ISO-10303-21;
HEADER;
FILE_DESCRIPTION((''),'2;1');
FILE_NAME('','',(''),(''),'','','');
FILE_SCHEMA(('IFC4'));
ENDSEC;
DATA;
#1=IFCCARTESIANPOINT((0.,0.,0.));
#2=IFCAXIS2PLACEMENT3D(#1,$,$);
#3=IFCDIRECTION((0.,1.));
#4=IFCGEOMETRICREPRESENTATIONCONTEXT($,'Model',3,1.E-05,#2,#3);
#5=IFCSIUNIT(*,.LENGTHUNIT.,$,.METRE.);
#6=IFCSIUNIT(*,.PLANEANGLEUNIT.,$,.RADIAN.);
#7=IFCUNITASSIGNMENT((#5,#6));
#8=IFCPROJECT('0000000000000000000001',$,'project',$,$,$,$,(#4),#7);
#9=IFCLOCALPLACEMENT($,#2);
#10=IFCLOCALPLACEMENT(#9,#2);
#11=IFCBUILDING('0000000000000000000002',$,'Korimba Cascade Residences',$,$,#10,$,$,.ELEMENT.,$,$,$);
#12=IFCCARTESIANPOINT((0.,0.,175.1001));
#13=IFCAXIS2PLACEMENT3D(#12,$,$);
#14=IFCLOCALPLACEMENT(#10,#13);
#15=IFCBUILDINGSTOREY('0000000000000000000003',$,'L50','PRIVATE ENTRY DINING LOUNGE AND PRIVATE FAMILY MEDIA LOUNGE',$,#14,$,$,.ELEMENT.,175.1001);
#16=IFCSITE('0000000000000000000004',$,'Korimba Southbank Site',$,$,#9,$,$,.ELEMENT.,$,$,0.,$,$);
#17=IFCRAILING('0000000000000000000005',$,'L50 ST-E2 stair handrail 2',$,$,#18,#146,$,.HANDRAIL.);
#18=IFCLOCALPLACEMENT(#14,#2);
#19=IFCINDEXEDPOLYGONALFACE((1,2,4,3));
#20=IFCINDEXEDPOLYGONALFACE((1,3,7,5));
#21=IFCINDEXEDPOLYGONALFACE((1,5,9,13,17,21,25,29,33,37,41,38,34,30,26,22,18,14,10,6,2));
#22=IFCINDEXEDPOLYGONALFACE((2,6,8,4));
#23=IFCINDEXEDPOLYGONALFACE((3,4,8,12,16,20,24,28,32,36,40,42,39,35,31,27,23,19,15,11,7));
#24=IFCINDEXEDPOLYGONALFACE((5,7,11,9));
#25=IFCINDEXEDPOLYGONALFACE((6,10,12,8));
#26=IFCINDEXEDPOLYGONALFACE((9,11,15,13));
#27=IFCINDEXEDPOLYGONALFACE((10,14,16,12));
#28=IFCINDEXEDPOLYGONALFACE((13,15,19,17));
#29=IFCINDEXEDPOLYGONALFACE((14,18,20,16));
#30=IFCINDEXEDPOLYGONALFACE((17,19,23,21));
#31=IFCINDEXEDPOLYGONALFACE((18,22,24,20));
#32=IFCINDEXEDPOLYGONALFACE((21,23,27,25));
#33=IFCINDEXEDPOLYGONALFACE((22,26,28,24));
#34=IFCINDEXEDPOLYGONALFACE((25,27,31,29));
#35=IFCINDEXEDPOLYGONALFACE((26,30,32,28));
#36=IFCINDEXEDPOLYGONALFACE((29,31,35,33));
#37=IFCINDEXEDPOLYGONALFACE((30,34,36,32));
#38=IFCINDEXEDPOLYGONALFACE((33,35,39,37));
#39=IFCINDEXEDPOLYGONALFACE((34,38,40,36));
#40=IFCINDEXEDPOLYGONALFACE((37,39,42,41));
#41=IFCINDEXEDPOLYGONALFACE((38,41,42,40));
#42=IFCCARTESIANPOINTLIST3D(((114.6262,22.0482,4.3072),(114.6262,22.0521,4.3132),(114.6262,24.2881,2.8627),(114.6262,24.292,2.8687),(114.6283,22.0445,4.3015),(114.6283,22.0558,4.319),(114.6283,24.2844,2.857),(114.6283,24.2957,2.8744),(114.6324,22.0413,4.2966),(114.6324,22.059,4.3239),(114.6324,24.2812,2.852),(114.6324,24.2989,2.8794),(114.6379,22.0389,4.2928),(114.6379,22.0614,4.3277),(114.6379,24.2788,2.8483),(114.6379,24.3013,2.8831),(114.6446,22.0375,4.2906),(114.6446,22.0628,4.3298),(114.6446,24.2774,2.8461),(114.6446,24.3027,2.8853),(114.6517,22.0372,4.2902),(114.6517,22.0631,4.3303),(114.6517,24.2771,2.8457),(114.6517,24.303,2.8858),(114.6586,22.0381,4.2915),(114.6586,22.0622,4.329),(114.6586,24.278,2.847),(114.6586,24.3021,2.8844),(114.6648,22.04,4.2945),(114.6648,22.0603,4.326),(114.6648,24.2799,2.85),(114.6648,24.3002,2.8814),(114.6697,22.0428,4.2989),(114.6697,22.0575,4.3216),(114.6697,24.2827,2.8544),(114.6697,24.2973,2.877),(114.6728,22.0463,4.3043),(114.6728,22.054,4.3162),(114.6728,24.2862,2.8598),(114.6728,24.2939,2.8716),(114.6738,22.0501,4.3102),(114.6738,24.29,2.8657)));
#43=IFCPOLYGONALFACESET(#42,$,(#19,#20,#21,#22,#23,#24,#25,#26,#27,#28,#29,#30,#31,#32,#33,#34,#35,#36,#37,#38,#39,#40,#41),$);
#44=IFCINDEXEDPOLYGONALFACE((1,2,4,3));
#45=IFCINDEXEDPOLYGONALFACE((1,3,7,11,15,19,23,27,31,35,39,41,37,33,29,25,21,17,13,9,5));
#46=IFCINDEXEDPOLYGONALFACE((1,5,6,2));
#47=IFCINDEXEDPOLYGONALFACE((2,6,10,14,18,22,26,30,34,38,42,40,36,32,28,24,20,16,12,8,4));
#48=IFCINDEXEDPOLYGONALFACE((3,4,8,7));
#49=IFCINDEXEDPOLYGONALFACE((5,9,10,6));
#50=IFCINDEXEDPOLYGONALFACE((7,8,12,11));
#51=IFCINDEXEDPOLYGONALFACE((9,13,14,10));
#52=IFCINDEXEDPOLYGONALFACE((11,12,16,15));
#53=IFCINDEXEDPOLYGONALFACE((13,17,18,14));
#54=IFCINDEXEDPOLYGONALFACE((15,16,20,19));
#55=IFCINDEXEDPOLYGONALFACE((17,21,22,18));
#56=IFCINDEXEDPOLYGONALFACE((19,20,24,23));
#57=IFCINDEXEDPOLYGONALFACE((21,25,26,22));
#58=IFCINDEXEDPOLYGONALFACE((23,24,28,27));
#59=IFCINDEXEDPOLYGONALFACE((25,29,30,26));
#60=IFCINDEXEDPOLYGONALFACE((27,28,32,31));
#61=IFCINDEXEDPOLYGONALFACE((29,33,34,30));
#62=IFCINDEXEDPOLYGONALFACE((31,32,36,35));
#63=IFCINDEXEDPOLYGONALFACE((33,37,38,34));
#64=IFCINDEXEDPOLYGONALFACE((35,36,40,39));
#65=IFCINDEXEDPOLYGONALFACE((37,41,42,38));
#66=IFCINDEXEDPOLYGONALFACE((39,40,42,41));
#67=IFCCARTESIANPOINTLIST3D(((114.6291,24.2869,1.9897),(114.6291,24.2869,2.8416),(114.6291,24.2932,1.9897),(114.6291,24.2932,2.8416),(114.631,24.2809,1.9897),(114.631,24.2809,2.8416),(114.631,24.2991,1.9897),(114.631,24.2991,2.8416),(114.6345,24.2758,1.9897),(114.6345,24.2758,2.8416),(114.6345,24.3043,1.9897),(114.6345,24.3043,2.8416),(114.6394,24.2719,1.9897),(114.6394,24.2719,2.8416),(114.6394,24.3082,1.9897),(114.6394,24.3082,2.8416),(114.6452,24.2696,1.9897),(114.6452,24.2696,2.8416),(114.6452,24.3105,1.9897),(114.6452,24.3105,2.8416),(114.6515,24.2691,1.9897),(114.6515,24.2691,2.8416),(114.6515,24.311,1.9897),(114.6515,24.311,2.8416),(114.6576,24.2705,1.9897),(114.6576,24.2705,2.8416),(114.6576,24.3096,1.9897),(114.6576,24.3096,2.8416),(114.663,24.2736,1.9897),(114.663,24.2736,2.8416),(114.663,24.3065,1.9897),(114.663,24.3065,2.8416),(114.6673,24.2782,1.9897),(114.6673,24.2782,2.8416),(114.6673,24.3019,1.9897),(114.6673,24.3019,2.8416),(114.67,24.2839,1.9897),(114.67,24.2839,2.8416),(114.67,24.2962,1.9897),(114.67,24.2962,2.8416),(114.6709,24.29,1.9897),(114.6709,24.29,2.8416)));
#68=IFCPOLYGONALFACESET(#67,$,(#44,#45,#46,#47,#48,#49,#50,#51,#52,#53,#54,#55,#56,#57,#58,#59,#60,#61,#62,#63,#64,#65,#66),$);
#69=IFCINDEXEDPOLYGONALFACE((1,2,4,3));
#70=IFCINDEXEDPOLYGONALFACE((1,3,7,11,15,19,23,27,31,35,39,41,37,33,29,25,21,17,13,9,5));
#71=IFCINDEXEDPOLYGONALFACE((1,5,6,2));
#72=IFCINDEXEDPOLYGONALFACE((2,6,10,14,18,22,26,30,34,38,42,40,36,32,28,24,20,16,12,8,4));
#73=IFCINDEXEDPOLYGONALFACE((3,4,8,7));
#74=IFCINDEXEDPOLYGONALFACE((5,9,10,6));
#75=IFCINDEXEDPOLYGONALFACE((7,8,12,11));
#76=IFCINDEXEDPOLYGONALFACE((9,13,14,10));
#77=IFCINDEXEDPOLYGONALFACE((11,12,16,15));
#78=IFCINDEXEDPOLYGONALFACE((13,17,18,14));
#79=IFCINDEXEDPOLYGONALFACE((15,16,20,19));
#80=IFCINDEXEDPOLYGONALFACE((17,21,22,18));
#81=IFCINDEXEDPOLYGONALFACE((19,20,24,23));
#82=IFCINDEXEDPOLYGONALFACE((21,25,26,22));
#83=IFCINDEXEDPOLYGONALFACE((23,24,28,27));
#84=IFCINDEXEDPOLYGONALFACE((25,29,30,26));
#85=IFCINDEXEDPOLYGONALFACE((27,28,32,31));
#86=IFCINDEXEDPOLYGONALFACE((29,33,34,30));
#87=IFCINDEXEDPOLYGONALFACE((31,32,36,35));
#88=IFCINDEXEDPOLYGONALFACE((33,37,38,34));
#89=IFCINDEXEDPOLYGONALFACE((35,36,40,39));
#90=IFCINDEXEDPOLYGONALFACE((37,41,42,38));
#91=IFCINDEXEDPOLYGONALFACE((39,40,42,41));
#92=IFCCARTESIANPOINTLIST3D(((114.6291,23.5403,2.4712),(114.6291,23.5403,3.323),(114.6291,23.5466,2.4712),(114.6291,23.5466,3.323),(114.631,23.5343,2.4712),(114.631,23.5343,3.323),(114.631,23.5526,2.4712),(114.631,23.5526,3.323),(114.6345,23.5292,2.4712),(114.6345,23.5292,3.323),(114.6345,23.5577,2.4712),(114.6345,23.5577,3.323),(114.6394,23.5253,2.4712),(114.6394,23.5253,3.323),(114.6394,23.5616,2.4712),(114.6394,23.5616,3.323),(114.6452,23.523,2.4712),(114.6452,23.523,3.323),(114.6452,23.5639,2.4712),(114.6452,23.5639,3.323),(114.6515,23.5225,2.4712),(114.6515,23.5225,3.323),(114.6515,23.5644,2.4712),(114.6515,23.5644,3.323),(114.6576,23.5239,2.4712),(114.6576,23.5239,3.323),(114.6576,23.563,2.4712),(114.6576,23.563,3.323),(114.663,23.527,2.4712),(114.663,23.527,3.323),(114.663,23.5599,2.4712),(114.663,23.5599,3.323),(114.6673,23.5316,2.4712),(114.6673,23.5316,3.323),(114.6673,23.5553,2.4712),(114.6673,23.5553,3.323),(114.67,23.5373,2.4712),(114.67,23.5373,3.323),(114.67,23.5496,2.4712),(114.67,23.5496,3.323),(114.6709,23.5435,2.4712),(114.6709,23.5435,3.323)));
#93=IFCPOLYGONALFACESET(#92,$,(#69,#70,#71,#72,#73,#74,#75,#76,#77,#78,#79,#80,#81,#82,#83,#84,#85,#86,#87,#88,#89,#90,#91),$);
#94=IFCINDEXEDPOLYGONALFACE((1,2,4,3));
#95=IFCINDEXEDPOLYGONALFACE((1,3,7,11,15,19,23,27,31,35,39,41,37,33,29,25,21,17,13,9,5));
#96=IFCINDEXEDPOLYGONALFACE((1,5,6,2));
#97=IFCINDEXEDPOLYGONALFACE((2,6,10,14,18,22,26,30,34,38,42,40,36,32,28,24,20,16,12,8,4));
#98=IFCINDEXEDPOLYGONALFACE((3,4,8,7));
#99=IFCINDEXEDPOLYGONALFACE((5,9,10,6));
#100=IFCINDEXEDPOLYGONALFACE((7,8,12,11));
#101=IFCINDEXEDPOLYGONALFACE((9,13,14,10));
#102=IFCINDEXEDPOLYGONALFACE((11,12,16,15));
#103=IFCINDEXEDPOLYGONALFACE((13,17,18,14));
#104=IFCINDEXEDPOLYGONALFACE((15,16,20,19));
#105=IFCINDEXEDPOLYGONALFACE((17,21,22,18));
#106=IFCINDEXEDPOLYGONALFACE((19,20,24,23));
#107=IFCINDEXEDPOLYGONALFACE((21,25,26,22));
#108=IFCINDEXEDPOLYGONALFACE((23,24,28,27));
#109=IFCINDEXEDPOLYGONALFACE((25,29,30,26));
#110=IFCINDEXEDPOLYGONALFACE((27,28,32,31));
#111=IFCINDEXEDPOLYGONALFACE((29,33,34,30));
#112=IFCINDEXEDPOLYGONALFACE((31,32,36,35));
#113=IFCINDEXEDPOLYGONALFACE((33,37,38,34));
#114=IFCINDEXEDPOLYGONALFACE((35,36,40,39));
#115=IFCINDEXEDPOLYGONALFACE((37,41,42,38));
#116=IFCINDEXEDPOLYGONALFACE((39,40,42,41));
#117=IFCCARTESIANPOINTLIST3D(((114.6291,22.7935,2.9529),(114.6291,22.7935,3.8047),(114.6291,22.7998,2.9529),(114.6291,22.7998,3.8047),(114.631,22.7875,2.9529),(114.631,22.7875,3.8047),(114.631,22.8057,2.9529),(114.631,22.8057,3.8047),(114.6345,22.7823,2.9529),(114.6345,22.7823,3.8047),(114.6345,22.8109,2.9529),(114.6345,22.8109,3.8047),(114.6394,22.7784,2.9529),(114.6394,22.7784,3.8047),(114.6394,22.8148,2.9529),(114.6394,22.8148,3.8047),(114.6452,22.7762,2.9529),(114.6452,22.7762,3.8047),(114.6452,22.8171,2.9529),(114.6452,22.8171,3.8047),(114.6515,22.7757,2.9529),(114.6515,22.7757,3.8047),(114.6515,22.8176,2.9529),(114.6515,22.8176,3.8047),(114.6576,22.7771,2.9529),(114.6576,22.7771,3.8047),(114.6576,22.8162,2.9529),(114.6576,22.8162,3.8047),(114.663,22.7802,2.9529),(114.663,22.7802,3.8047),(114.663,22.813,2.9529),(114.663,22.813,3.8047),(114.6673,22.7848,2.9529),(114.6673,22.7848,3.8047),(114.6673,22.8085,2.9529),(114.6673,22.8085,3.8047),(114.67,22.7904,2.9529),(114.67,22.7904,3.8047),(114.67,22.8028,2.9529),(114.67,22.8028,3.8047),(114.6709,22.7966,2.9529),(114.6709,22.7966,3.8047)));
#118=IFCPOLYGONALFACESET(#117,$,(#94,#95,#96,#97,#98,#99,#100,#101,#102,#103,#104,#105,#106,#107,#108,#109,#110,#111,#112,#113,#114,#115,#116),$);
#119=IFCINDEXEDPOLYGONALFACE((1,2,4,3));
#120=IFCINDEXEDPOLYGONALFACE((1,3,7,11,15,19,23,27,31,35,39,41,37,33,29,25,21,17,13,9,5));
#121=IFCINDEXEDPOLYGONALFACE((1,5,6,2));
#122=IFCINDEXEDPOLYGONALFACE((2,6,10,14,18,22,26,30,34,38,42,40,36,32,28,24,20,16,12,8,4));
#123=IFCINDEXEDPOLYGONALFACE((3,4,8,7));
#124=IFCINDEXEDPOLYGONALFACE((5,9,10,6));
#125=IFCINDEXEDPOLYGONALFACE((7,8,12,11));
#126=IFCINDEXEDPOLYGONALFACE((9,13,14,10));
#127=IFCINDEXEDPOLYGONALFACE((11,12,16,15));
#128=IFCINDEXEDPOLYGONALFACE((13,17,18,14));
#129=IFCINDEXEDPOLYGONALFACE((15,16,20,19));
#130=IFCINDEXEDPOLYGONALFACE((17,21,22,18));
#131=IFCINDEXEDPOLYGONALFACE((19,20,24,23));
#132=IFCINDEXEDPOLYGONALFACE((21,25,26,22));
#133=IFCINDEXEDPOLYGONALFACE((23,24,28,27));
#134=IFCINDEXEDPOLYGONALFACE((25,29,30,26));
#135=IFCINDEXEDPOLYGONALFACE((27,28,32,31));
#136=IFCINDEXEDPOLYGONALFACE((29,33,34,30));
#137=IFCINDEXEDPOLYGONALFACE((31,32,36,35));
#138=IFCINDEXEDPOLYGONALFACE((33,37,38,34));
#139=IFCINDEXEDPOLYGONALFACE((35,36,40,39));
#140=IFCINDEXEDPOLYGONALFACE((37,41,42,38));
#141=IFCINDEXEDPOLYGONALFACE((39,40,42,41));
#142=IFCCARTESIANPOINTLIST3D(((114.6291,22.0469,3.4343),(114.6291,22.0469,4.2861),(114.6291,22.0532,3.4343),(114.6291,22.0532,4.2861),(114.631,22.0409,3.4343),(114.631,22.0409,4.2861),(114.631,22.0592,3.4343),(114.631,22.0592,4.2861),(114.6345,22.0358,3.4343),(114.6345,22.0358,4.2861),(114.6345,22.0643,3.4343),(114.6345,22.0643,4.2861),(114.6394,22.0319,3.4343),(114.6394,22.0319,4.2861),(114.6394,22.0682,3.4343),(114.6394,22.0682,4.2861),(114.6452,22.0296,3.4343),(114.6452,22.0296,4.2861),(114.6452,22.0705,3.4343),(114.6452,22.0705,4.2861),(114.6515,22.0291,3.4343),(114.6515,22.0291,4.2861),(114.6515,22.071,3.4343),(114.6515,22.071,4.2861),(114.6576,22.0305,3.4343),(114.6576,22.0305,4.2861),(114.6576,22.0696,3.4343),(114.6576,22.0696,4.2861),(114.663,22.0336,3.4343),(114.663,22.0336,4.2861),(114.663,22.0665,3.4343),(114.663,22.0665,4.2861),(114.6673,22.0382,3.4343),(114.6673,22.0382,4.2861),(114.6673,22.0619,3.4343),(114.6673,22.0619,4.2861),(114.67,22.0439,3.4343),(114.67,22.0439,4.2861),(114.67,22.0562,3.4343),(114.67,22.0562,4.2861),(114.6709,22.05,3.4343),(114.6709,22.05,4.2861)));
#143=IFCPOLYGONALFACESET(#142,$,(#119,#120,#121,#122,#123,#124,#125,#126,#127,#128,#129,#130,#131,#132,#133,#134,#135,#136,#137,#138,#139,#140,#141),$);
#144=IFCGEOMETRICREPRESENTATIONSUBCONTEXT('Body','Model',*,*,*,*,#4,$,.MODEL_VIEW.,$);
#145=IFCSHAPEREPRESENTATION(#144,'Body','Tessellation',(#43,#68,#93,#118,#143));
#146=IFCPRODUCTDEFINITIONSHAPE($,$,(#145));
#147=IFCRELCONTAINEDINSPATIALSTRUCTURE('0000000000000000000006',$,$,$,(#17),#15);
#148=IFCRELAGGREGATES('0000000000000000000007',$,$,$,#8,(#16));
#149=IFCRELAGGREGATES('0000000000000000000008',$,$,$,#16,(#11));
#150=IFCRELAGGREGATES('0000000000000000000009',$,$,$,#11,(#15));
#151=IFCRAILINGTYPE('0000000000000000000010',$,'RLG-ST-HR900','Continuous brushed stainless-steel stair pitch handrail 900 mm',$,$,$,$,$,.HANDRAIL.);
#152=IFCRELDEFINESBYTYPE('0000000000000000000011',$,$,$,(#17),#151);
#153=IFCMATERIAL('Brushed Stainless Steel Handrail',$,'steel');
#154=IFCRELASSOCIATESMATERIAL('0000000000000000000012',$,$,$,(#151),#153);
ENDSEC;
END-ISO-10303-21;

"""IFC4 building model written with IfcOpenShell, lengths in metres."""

from ifc_helpers import new_model, si_unit, direction, frame, origin, origin_2d, place, context, subcontext, project, spatial, circle, extrude, material, type_object, element, save


model = new_model("IFC4")

# Units and contexts
model_context = context("Model", 3, precision=1e-05, world=origin(), true_north=direction((0.0, 1.0)))
body_context = subcontext(model_context, "Body", "Model", "MODEL_VIEW")
ifc_project = project(units=[si_unit("LENGTHUNIT", "METRE"), si_unit("PLANEANGLEUNIT", "RADIAN")], contexts=[model_context])

# Site, building, storey
site_placement = place(None, origin())
site = spatial("IfcSite", under=ifc_project, at=site_placement, Name="Korimba Southbank Site", CompositionType="ELEMENT", RefElevation=0.0)
building_placement = place(site_placement, origin())
building = spatial("IfcBuilding", under=site, at=building_placement, Name="Korimba Cascade Residences", CompositionType="ELEMENT")
storey_placement = place(building_placement, frame((0.0, 0.0, 175.1001)))
storey = spatial("IfcBuildingStorey", under=building, at=storey_placement, Name="L50", Description="PRIVATE ENTRY DINING LOUNGE AND PRIVATE FAMILY MEDIA LOUNGE", CompositionType="ELEMENT", Elevation=175.1001)

# Railing
ifc_material_1 = material(Name="Brushed Stainless Steel Handrail", Category="steel")
railing_type_1 = type_object("IfcRailingType", Name="RLG-ST-HR900", Description="Continuous brushed stainless-steel stair pitch handrail 900 mm", PredefinedType="HANDRAIL", material=ifc_material_1)
railing_1_placement = place(storey_placement, frame((114.6499, 24.29, 1.9897)))
element("IfcRailing", 1, at=railing_1_placement, inside=storey, type_object=railing_type_1, Name="L50 ST-E2 stair handrail 2", PredefinedType="HANDRAIL", context=body_context, shape_type="SweptSolid", body=[
    extrude(circle(Radius=0.0239, at=origin_2d()), frame((0.0, 0.0, 0.876), z_axis=(0.0, -0.840395, 0.541975), x_axis=(1.0, 0.0, 0.0)), (0.0, 0.0, 1.0), 2.6653),
    extrude(circle(Radius=0.021, at=origin_2d()), origin(), (0.0, 0.0, 1.0), 0.8518),
    extrude(circle(Radius=0.021, at=origin_2d()), frame((0.0, -0.7466, 0.4814)), (0.0, 0.0, 1.0), 0.8518),
    extrude(circle(Radius=0.021, at=origin_2d()), frame((0.0, -1.4934, 0.9631)), (0.0, 0.0, 1.0), 0.8518),
    extrude(circle(Radius=0.021, at=origin_2d()), frame((0.0, -2.24, 1.4446)), (0.0, 0.0, 1.0), 0.8518),
])

save(model, "model.ifc")
